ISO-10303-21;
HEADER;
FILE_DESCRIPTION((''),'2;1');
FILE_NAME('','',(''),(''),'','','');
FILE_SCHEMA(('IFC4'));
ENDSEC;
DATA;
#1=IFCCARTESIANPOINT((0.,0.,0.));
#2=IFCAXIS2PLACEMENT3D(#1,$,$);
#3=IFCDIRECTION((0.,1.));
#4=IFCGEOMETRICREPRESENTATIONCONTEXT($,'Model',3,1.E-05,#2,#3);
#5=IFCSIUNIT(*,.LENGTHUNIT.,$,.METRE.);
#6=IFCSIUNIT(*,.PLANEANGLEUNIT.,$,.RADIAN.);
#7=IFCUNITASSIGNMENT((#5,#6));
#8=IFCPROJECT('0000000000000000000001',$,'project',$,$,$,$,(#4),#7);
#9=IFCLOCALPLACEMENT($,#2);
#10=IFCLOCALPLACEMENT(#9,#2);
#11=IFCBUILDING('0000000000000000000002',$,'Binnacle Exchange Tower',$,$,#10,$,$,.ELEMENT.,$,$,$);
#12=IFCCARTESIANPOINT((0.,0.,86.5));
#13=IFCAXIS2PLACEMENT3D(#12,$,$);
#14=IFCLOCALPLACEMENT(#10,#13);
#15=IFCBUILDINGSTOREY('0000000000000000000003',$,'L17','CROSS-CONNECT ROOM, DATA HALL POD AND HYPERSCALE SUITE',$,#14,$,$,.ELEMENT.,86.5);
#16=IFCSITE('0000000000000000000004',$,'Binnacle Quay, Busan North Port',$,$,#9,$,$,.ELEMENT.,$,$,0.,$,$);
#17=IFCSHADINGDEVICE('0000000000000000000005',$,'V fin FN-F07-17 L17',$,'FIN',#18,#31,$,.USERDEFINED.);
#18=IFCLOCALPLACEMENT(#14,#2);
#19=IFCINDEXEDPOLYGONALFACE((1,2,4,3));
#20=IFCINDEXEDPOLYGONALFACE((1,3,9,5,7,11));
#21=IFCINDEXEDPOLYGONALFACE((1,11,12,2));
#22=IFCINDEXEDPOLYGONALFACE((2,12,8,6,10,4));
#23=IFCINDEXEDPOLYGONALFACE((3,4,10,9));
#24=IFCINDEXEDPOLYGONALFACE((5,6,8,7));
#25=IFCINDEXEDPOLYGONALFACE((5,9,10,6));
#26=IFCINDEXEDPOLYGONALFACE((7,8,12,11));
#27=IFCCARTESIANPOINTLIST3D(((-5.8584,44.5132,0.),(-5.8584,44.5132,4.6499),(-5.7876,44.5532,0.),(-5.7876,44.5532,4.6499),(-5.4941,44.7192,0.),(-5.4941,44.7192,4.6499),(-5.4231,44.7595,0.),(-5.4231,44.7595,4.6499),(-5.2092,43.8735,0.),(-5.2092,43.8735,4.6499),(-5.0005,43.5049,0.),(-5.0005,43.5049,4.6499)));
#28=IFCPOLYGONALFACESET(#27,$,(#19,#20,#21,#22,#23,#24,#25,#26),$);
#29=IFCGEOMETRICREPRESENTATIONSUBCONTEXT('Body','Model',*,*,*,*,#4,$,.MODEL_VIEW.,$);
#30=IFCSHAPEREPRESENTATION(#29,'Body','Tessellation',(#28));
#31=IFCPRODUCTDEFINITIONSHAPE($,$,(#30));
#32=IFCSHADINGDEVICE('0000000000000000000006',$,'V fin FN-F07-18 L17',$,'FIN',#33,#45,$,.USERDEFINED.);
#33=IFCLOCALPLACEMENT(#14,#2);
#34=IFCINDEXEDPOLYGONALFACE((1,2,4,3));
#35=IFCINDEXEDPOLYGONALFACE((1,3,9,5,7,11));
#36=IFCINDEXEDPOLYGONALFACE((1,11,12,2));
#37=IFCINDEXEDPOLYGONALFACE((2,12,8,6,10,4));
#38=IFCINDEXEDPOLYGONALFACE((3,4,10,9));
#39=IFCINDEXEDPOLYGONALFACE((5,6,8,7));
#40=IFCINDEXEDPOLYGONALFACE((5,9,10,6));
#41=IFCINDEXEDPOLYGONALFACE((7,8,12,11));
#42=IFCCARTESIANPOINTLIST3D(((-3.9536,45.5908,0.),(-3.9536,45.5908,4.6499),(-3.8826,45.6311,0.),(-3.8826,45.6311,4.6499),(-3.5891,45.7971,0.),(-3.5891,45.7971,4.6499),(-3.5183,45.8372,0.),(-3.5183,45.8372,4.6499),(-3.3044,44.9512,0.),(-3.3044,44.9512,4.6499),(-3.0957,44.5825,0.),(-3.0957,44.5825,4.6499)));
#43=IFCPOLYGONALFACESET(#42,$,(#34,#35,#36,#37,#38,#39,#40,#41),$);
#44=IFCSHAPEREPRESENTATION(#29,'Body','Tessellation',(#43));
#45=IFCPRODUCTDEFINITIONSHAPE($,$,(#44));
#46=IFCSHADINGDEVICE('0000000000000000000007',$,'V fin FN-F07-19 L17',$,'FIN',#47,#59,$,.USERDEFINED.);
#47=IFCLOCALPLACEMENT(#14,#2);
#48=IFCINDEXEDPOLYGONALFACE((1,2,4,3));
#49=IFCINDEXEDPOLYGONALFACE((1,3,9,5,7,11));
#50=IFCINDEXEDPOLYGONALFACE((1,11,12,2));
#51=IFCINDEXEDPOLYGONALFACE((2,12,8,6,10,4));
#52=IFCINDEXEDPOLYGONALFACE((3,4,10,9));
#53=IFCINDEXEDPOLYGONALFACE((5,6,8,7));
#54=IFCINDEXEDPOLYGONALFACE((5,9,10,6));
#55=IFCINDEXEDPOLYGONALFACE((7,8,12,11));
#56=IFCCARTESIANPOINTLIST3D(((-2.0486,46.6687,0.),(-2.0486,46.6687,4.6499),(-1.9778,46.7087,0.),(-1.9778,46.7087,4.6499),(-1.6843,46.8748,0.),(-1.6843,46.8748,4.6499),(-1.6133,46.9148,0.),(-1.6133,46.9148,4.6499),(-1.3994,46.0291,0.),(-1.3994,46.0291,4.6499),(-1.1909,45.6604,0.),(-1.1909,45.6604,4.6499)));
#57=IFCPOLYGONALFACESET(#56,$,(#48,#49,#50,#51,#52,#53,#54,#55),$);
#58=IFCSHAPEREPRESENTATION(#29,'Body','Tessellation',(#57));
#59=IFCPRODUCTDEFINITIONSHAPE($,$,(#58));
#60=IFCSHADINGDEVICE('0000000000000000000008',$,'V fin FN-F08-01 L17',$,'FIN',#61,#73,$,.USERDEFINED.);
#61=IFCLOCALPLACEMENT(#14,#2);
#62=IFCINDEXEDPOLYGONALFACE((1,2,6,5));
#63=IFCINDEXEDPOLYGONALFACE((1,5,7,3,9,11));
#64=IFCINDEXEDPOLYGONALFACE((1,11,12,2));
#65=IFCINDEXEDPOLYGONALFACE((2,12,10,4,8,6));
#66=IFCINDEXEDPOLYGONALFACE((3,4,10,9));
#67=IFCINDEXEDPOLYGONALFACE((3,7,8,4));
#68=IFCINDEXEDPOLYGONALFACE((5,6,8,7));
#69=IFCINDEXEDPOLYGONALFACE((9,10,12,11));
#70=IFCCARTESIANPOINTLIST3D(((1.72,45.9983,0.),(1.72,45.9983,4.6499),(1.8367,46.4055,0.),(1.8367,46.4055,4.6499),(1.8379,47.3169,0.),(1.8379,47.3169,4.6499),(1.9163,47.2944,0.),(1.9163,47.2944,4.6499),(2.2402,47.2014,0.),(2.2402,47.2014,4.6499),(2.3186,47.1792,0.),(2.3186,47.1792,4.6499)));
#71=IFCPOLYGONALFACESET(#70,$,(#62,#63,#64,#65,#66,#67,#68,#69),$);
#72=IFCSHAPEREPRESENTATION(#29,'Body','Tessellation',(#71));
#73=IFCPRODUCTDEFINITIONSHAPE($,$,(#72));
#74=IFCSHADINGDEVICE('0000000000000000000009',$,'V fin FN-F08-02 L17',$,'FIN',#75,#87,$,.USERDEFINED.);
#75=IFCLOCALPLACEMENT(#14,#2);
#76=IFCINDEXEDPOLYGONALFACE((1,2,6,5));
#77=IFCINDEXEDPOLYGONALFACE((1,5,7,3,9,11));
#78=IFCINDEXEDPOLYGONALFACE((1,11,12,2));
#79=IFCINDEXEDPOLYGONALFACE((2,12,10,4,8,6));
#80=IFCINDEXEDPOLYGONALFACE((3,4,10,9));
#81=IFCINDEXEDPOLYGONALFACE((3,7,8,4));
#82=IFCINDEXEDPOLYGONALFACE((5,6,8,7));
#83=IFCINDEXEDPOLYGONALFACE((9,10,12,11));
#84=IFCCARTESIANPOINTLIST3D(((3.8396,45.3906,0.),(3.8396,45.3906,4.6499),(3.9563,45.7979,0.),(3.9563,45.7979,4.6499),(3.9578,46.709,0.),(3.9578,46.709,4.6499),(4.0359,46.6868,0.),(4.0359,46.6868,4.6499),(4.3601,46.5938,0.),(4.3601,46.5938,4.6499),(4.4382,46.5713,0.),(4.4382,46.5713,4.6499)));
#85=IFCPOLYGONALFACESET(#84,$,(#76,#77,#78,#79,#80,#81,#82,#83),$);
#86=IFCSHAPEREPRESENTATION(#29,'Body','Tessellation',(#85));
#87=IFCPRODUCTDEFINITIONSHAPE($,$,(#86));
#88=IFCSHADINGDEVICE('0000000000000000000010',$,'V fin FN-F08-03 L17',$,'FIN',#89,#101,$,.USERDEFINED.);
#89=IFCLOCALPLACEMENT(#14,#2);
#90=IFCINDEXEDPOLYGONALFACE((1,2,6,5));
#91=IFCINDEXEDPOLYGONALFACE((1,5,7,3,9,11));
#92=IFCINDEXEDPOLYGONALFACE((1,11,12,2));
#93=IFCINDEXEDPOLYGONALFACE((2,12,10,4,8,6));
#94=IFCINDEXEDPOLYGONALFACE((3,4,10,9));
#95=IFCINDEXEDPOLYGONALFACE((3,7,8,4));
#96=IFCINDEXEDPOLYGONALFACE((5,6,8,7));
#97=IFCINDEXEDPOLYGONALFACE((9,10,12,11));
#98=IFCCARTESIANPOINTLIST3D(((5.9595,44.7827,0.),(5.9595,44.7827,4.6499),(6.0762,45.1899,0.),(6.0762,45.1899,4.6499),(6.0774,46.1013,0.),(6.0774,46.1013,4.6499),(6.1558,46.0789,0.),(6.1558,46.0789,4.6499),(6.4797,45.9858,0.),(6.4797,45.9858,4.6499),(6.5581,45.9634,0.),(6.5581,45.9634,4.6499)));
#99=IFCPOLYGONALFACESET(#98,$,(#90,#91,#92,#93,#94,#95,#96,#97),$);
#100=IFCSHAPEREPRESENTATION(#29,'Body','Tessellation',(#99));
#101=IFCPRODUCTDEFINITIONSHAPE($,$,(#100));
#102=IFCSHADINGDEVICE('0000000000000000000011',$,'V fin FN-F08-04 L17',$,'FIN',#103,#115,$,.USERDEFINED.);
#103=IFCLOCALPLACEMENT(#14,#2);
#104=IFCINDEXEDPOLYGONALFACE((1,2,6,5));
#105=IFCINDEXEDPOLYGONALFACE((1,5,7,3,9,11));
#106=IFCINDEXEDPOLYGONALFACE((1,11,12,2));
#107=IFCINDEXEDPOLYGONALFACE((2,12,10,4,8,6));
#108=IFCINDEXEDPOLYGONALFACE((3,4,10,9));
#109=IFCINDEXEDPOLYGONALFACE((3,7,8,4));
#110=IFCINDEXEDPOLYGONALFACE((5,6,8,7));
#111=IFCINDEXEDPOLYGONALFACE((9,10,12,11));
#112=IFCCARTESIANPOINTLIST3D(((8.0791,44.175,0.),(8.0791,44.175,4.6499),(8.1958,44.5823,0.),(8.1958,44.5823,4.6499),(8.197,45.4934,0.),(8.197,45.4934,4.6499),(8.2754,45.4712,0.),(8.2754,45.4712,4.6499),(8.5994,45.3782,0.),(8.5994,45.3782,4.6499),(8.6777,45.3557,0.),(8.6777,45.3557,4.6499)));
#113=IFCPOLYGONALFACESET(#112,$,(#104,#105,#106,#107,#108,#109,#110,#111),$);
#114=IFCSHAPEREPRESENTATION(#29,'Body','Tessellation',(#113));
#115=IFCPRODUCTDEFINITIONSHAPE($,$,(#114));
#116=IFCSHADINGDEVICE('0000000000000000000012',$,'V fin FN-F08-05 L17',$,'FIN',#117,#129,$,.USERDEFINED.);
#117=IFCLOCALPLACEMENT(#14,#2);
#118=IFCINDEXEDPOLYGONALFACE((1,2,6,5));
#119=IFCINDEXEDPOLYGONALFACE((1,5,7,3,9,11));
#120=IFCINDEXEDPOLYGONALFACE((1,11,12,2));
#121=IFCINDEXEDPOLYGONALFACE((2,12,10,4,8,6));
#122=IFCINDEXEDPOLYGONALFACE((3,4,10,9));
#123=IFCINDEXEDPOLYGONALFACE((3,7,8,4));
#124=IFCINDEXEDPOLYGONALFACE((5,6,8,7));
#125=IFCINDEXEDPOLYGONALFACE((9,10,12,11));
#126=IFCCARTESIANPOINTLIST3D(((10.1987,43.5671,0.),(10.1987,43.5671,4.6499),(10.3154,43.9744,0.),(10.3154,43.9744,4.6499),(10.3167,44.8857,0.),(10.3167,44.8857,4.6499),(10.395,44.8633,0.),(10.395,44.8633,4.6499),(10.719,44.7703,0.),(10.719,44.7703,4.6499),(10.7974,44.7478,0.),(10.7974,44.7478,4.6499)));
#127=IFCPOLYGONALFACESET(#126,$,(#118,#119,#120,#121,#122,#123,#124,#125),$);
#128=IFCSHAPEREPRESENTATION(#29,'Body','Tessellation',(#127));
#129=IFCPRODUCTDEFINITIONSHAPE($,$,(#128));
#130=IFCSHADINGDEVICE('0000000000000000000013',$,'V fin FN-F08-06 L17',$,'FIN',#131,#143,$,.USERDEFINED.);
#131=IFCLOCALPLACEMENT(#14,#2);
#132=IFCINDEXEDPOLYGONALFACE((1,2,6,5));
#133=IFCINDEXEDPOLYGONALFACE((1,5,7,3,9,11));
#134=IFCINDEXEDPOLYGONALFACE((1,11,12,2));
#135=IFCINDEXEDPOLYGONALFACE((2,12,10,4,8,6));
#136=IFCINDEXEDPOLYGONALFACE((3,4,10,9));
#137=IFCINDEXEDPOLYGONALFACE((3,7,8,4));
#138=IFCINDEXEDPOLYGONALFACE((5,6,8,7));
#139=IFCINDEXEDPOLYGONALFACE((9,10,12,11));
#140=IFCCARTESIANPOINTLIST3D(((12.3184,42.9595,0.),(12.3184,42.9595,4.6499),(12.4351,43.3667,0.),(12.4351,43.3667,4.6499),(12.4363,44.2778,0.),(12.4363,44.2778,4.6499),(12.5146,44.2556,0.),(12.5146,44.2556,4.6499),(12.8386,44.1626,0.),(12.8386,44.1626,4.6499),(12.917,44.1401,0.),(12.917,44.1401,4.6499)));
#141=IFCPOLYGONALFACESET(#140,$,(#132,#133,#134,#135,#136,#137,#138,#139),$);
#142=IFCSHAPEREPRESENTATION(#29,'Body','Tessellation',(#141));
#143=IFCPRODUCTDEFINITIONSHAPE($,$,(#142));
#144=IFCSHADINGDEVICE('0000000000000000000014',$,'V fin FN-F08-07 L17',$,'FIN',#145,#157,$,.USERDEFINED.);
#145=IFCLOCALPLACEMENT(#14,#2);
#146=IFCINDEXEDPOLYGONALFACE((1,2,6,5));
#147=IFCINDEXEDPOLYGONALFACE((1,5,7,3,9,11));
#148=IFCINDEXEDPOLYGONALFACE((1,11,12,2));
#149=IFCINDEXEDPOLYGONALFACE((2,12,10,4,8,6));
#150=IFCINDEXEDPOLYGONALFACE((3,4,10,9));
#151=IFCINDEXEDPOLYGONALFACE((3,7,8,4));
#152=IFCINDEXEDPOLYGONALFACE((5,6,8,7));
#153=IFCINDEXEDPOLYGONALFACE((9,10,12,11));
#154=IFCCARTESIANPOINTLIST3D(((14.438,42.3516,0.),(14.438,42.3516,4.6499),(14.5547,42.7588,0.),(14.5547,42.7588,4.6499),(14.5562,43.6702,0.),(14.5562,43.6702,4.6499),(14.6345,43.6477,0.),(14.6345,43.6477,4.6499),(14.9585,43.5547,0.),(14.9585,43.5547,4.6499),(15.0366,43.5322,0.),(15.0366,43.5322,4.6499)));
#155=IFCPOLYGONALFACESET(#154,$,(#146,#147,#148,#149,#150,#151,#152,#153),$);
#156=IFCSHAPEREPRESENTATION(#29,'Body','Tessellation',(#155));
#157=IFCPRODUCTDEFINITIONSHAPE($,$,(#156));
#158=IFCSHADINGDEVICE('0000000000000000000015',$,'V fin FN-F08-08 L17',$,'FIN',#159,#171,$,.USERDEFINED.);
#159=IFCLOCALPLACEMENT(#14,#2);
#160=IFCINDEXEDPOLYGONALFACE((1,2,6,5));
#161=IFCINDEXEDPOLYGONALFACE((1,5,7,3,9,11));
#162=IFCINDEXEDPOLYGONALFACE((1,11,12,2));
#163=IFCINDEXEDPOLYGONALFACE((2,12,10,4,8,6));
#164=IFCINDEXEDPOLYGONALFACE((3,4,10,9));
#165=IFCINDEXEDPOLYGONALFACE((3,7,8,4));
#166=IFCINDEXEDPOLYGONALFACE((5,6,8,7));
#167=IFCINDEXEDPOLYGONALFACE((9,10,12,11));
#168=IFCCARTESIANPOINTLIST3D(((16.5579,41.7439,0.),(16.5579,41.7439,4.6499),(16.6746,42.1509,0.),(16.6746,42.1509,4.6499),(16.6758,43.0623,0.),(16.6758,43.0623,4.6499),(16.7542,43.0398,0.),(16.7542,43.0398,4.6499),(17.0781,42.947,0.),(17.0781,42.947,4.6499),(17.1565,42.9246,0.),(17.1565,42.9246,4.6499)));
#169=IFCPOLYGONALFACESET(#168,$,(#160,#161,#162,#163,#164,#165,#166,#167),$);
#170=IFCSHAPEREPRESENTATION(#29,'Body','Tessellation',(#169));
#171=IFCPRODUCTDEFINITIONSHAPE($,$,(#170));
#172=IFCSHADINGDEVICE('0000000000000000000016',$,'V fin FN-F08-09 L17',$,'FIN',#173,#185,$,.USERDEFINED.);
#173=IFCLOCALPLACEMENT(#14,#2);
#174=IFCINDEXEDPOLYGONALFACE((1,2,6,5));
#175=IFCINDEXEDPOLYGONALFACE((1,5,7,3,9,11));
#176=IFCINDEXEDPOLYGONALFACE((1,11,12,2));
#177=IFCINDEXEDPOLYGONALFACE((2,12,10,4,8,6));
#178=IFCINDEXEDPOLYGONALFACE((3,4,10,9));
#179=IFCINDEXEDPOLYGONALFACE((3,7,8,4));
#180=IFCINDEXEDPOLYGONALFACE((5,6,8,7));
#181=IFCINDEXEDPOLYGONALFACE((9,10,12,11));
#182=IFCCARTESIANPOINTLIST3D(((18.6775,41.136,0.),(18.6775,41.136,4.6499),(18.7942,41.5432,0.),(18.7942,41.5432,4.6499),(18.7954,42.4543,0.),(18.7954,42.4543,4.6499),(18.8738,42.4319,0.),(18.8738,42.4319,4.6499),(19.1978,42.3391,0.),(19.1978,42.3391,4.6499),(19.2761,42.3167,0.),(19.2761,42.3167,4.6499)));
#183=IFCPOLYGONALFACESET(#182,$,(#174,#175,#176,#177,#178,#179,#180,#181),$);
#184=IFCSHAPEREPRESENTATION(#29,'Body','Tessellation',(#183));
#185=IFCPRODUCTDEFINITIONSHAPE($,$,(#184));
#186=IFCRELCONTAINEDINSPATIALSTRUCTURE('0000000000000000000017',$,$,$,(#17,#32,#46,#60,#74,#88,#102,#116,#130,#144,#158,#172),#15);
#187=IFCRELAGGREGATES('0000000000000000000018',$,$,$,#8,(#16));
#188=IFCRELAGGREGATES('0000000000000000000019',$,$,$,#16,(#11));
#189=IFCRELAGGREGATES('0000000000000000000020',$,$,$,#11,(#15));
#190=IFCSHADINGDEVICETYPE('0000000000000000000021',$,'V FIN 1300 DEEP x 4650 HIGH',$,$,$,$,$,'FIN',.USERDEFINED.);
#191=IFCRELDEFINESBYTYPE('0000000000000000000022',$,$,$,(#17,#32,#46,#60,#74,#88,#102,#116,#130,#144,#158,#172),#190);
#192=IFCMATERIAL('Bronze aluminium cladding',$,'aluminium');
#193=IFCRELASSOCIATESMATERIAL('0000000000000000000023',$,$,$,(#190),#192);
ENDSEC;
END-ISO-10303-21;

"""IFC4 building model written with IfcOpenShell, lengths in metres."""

from ifc_helpers import new_model, si_unit, direction, frame, origin, place, context, subcontext, project, spatial, polyline, outline, extrude, material, type_object, element, save


model = new_model("IFC4")

# Units and contexts
model_context = context("Model", 3, precision=1e-05, world=origin(), true_north=direction((0.0, 1.0)))
body_context = subcontext(model_context, "Body", "Model", "MODEL_VIEW")
ifc_project = project(units=[si_unit("LENGTHUNIT", "METRE"), si_unit("PLANEANGLEUNIT", "RADIAN")], contexts=[model_context])

# Site, building, storey
site_placement = place(None, origin())
site = spatial("IfcSite", under=ifc_project, at=site_placement, Name="Binnacle Quay, Busan North Port", CompositionType="ELEMENT", RefElevation=0.0)
building_placement = place(site_placement, origin())
building = spatial("IfcBuilding", under=site, at=building_placement, Name="Binnacle Exchange Tower", CompositionType="ELEMENT")
storey_placement = place(building_placement, frame((0.0, 0.0, 86.5)))
storey = spatial("IfcBuildingStorey", under=building, at=storey_placement, Name="L17", Description="CROSS-CONNECT ROOM, DATA HALL POD AND HYPERSCALE SUITE", CompositionType="ELEMENT", Elevation=86.5)

# Shading devices
ifc_material = material(Name="Bronze aluminium cladding", Category="aluminium")
shading_device_type = type_object("IfcShadingDeviceType", Name="V FIN 1300 DEEP x 4650 HIGH", ElementType="FIN", PredefinedType="USERDEFINED", material=ifc_material)
shading_device_1_placement = place(storey_placement, origin())
element("IfcShadingDevice", 1, at=shading_device_1_placement, inside=storey, type_object=shading_device_type, Name="V fin FN-F07-17 L17", ObjectType="FIN", PredefinedType="USERDEFINED", context=body_context, shape_type="SweptSolid", body=[
    extrude(outline(polyline([(-5.8584, 44.5132), (-5.0005, 43.5049), (-5.4231, 44.7595), (-5.4941, 44.7192), (-5.2092, 43.8735), (-5.7876, 44.5532), (-5.8584, 44.5132)])), origin(), (0.0, 0.0, 1.0), 4.6499),
])
shading_device_2_placement = place(storey_placement, origin())
element("IfcShadingDevice", 2, at=shading_device_2_placement, inside=storey, type_object=shading_device_type, Name="V fin FN-F07-18 L17", ObjectType="FIN", PredefinedType="USERDEFINED", context=body_context, shape_type="SweptSolid", body=[
    extrude(outline(polyline([(-3.9536, 45.5908), (-3.0957, 44.5825), (-3.5183, 45.8372), (-3.5891, 45.7971), (-3.3044, 44.9512), (-3.8826, 45.6311), (-3.9536, 45.5908)])), origin(), (0.0, 0.0, 1.0), 4.6499),
])
shading_device_3_placement = place(storey_placement, origin())
element("IfcShadingDevice", 3, at=shading_device_3_placement, inside=storey, type_object=shading_device_type, Name="V fin FN-F07-19 L17", ObjectType="FIN", PredefinedType="USERDEFINED", context=body_context, shape_type="SweptSolid", body=[
    extrude(outline(polyline([(-2.0486, 46.6687), (-1.1909, 45.6604), (-1.6133, 46.9148), (-1.6843, 46.8748), (-1.3994, 46.0291), (-1.9778, 46.7087), (-2.0486, 46.6687)])), origin(), (0.0, 0.0, 1.0), 4.6499),
])
shading_device_4_placement = place(storey_placement, origin())
element("IfcShadingDevice", 4, at=shading_device_4_placement, inside=storey, type_object=shading_device_type, Name="V fin FN-F08-01 L17", ObjectType="FIN", PredefinedType="USERDEFINED", context=body_context, shape_type="SweptSolid", body=[
    extrude(outline(polyline([(1.8379, 47.3169), (1.72, 45.9983), (2.3186, 47.1792), (2.2402, 47.2014), (1.8367, 46.4055), (1.9163, 47.2944), (1.8379, 47.3169)])), origin(), (0.0, 0.0, 1.0), 4.6499),
])
shading_device_5_placement = place(storey_placement, origin())
element("IfcShadingDevice", 5, at=shading_device_5_placement, inside=storey, type_object=shading_device_type, Name="V fin FN-F08-02 L17", ObjectType="FIN", PredefinedType="USERDEFINED", context=body_context, shape_type="SweptSolid", body=[
    extrude(outline(polyline([(3.9578, 46.709), (3.8396, 45.3906), (4.4382, 46.5713), (4.3601, 46.5938), (3.9563, 45.7979), (4.0359, 46.6868), (3.9578, 46.709)])), origin(), (0.0, 0.0, 1.0), 4.6499),
])
shading_device_6_placement = place(storey_placement, origin())
element("IfcShadingDevice", 6, at=shading_device_6_placement, inside=storey, type_object=shading_device_type, Name="V fin FN-F08-03 L17", ObjectType="FIN", PredefinedType="USERDEFINED", context=body_context, shape_type="SweptSolid", body=[
    extrude(outline(polyline([(6.0774, 46.1013), (5.9595, 44.7827), (6.5581, 45.9634), (6.4797, 45.9858), (6.0762, 45.1899), (6.1558, 46.0789), (6.0774, 46.1013)])), origin(), (0.0, 0.0, 1.0), 4.6499),
])
shading_device_7_placement = place(storey_placement, origin())
element("IfcShadingDevice", 7, at=shading_device_7_placement, inside=storey, type_object=shading_device_type, Name="V fin FN-F08-04 L17", ObjectType="FIN", PredefinedType="USERDEFINED", context=body_context, shape_type="SweptSolid", body=[
    extrude(outline(polyline([(8.197, 45.4934), (8.0791, 44.175), (8.6777, 45.3557), (8.5994, 45.3782), (8.1958, 44.5823), (8.2754, 45.4712), (8.197, 45.4934)])), origin(), (0.0, 0.0, 1.0), 4.6499),
])
shading_device_8_placement = place(storey_placement, origin())
element("IfcShadingDevice", 8, at=shading_device_8_placement, inside=storey, type_object=shading_device_type, Name="V fin FN-F08-05 L17", ObjectType="FIN", PredefinedType="USERDEFINED", context=body_context, shape_type="SweptSolid", body=[
    extrude(outline(polyline([(10.3167, 44.8857), (10.1987, 43.5671), (10.7974, 44.7478), (10.719, 44.7703), (10.3154, 43.9744), (10.395, 44.8633), (10.3167, 44.8857)])), origin(), (0.0, 0.0, 1.0), 4.6499),
])
shading_device_9_placement = place(storey_placement, origin())
element("IfcShadingDevice", 9, at=shading_device_9_placement, inside=storey, type_object=shading_device_type, Name="V fin FN-F08-06 L17", ObjectType="FIN", PredefinedType="USERDEFINED", context=body_context, shape_type="SweptSolid", body=[
    extrude(outline(polyline([(12.4363, 44.2778), (12.3184, 42.9595), (12.917, 44.1401), (12.8386, 44.1626), (12.4351, 43.3667), (12.5146, 44.2556), (12.4363, 44.2778)])), origin(), (0.0, 0.0, 1.0), 4.6499),
])
shading_device_10_placement = place(storey_placement, origin())
element("IfcShadingDevice", 10, at=shading_device_10_placement, inside=storey, type_object=shading_device_type, Name="V fin FN-F08-07 L17", ObjectType="FIN", PredefinedType="USERDEFINED", context=body_context, shape_type="SweptSolid", body=[
    extrude(outline(polyline([(14.5562, 43.6702), (14.438, 42.3516), (15.0366, 43.5322), (14.9585, 43.5547), (14.5547, 42.7588), (14.6345, 43.6477), (14.5562, 43.6702)])), origin(), (0.0, 0.0, 1.0), 4.6499),
])
shading_device_11_placement = place(storey_placement, origin())
element("IfcShadingDevice", 11, at=shading_device_11_placement, inside=storey, type_object=shading_device_type, Name="V fin FN-F08-08 L17", ObjectType="FIN", PredefinedType="USERDEFINED", context=body_context, shape_type="SweptSolid", body=[
    extrude(outline(polyline([(16.6758, 43.0623), (16.5579, 41.7439), (17.1565, 42.9246), (17.0781, 42.947), (16.6746, 42.1509), (16.7542, 43.0398), (16.6758, 43.0623)])), origin(), (0.0, 0.0, 1.0), 4.6499),
])
shading_device_12_placement = place(storey_placement, origin())
element("IfcShadingDevice", 12, at=shading_device_12_placement, inside=storey, type_object=shading_device_type, Name="V fin FN-F08-09 L17", ObjectType="FIN", PredefinedType="USERDEFINED", context=body_context, shape_type="SweptSolid", body=[
    extrude(outline(polyline([(18.7954, 42.4543), (18.6775, 41.136), (19.2761, 42.3167), (19.1978, 42.3391), (18.7942, 41.5432), (18.8738, 42.4319), (18.7954, 42.4543)])), origin(), (0.0, 0.0, 1.0), 4.6499),
])

save(model, "model.ifc")
